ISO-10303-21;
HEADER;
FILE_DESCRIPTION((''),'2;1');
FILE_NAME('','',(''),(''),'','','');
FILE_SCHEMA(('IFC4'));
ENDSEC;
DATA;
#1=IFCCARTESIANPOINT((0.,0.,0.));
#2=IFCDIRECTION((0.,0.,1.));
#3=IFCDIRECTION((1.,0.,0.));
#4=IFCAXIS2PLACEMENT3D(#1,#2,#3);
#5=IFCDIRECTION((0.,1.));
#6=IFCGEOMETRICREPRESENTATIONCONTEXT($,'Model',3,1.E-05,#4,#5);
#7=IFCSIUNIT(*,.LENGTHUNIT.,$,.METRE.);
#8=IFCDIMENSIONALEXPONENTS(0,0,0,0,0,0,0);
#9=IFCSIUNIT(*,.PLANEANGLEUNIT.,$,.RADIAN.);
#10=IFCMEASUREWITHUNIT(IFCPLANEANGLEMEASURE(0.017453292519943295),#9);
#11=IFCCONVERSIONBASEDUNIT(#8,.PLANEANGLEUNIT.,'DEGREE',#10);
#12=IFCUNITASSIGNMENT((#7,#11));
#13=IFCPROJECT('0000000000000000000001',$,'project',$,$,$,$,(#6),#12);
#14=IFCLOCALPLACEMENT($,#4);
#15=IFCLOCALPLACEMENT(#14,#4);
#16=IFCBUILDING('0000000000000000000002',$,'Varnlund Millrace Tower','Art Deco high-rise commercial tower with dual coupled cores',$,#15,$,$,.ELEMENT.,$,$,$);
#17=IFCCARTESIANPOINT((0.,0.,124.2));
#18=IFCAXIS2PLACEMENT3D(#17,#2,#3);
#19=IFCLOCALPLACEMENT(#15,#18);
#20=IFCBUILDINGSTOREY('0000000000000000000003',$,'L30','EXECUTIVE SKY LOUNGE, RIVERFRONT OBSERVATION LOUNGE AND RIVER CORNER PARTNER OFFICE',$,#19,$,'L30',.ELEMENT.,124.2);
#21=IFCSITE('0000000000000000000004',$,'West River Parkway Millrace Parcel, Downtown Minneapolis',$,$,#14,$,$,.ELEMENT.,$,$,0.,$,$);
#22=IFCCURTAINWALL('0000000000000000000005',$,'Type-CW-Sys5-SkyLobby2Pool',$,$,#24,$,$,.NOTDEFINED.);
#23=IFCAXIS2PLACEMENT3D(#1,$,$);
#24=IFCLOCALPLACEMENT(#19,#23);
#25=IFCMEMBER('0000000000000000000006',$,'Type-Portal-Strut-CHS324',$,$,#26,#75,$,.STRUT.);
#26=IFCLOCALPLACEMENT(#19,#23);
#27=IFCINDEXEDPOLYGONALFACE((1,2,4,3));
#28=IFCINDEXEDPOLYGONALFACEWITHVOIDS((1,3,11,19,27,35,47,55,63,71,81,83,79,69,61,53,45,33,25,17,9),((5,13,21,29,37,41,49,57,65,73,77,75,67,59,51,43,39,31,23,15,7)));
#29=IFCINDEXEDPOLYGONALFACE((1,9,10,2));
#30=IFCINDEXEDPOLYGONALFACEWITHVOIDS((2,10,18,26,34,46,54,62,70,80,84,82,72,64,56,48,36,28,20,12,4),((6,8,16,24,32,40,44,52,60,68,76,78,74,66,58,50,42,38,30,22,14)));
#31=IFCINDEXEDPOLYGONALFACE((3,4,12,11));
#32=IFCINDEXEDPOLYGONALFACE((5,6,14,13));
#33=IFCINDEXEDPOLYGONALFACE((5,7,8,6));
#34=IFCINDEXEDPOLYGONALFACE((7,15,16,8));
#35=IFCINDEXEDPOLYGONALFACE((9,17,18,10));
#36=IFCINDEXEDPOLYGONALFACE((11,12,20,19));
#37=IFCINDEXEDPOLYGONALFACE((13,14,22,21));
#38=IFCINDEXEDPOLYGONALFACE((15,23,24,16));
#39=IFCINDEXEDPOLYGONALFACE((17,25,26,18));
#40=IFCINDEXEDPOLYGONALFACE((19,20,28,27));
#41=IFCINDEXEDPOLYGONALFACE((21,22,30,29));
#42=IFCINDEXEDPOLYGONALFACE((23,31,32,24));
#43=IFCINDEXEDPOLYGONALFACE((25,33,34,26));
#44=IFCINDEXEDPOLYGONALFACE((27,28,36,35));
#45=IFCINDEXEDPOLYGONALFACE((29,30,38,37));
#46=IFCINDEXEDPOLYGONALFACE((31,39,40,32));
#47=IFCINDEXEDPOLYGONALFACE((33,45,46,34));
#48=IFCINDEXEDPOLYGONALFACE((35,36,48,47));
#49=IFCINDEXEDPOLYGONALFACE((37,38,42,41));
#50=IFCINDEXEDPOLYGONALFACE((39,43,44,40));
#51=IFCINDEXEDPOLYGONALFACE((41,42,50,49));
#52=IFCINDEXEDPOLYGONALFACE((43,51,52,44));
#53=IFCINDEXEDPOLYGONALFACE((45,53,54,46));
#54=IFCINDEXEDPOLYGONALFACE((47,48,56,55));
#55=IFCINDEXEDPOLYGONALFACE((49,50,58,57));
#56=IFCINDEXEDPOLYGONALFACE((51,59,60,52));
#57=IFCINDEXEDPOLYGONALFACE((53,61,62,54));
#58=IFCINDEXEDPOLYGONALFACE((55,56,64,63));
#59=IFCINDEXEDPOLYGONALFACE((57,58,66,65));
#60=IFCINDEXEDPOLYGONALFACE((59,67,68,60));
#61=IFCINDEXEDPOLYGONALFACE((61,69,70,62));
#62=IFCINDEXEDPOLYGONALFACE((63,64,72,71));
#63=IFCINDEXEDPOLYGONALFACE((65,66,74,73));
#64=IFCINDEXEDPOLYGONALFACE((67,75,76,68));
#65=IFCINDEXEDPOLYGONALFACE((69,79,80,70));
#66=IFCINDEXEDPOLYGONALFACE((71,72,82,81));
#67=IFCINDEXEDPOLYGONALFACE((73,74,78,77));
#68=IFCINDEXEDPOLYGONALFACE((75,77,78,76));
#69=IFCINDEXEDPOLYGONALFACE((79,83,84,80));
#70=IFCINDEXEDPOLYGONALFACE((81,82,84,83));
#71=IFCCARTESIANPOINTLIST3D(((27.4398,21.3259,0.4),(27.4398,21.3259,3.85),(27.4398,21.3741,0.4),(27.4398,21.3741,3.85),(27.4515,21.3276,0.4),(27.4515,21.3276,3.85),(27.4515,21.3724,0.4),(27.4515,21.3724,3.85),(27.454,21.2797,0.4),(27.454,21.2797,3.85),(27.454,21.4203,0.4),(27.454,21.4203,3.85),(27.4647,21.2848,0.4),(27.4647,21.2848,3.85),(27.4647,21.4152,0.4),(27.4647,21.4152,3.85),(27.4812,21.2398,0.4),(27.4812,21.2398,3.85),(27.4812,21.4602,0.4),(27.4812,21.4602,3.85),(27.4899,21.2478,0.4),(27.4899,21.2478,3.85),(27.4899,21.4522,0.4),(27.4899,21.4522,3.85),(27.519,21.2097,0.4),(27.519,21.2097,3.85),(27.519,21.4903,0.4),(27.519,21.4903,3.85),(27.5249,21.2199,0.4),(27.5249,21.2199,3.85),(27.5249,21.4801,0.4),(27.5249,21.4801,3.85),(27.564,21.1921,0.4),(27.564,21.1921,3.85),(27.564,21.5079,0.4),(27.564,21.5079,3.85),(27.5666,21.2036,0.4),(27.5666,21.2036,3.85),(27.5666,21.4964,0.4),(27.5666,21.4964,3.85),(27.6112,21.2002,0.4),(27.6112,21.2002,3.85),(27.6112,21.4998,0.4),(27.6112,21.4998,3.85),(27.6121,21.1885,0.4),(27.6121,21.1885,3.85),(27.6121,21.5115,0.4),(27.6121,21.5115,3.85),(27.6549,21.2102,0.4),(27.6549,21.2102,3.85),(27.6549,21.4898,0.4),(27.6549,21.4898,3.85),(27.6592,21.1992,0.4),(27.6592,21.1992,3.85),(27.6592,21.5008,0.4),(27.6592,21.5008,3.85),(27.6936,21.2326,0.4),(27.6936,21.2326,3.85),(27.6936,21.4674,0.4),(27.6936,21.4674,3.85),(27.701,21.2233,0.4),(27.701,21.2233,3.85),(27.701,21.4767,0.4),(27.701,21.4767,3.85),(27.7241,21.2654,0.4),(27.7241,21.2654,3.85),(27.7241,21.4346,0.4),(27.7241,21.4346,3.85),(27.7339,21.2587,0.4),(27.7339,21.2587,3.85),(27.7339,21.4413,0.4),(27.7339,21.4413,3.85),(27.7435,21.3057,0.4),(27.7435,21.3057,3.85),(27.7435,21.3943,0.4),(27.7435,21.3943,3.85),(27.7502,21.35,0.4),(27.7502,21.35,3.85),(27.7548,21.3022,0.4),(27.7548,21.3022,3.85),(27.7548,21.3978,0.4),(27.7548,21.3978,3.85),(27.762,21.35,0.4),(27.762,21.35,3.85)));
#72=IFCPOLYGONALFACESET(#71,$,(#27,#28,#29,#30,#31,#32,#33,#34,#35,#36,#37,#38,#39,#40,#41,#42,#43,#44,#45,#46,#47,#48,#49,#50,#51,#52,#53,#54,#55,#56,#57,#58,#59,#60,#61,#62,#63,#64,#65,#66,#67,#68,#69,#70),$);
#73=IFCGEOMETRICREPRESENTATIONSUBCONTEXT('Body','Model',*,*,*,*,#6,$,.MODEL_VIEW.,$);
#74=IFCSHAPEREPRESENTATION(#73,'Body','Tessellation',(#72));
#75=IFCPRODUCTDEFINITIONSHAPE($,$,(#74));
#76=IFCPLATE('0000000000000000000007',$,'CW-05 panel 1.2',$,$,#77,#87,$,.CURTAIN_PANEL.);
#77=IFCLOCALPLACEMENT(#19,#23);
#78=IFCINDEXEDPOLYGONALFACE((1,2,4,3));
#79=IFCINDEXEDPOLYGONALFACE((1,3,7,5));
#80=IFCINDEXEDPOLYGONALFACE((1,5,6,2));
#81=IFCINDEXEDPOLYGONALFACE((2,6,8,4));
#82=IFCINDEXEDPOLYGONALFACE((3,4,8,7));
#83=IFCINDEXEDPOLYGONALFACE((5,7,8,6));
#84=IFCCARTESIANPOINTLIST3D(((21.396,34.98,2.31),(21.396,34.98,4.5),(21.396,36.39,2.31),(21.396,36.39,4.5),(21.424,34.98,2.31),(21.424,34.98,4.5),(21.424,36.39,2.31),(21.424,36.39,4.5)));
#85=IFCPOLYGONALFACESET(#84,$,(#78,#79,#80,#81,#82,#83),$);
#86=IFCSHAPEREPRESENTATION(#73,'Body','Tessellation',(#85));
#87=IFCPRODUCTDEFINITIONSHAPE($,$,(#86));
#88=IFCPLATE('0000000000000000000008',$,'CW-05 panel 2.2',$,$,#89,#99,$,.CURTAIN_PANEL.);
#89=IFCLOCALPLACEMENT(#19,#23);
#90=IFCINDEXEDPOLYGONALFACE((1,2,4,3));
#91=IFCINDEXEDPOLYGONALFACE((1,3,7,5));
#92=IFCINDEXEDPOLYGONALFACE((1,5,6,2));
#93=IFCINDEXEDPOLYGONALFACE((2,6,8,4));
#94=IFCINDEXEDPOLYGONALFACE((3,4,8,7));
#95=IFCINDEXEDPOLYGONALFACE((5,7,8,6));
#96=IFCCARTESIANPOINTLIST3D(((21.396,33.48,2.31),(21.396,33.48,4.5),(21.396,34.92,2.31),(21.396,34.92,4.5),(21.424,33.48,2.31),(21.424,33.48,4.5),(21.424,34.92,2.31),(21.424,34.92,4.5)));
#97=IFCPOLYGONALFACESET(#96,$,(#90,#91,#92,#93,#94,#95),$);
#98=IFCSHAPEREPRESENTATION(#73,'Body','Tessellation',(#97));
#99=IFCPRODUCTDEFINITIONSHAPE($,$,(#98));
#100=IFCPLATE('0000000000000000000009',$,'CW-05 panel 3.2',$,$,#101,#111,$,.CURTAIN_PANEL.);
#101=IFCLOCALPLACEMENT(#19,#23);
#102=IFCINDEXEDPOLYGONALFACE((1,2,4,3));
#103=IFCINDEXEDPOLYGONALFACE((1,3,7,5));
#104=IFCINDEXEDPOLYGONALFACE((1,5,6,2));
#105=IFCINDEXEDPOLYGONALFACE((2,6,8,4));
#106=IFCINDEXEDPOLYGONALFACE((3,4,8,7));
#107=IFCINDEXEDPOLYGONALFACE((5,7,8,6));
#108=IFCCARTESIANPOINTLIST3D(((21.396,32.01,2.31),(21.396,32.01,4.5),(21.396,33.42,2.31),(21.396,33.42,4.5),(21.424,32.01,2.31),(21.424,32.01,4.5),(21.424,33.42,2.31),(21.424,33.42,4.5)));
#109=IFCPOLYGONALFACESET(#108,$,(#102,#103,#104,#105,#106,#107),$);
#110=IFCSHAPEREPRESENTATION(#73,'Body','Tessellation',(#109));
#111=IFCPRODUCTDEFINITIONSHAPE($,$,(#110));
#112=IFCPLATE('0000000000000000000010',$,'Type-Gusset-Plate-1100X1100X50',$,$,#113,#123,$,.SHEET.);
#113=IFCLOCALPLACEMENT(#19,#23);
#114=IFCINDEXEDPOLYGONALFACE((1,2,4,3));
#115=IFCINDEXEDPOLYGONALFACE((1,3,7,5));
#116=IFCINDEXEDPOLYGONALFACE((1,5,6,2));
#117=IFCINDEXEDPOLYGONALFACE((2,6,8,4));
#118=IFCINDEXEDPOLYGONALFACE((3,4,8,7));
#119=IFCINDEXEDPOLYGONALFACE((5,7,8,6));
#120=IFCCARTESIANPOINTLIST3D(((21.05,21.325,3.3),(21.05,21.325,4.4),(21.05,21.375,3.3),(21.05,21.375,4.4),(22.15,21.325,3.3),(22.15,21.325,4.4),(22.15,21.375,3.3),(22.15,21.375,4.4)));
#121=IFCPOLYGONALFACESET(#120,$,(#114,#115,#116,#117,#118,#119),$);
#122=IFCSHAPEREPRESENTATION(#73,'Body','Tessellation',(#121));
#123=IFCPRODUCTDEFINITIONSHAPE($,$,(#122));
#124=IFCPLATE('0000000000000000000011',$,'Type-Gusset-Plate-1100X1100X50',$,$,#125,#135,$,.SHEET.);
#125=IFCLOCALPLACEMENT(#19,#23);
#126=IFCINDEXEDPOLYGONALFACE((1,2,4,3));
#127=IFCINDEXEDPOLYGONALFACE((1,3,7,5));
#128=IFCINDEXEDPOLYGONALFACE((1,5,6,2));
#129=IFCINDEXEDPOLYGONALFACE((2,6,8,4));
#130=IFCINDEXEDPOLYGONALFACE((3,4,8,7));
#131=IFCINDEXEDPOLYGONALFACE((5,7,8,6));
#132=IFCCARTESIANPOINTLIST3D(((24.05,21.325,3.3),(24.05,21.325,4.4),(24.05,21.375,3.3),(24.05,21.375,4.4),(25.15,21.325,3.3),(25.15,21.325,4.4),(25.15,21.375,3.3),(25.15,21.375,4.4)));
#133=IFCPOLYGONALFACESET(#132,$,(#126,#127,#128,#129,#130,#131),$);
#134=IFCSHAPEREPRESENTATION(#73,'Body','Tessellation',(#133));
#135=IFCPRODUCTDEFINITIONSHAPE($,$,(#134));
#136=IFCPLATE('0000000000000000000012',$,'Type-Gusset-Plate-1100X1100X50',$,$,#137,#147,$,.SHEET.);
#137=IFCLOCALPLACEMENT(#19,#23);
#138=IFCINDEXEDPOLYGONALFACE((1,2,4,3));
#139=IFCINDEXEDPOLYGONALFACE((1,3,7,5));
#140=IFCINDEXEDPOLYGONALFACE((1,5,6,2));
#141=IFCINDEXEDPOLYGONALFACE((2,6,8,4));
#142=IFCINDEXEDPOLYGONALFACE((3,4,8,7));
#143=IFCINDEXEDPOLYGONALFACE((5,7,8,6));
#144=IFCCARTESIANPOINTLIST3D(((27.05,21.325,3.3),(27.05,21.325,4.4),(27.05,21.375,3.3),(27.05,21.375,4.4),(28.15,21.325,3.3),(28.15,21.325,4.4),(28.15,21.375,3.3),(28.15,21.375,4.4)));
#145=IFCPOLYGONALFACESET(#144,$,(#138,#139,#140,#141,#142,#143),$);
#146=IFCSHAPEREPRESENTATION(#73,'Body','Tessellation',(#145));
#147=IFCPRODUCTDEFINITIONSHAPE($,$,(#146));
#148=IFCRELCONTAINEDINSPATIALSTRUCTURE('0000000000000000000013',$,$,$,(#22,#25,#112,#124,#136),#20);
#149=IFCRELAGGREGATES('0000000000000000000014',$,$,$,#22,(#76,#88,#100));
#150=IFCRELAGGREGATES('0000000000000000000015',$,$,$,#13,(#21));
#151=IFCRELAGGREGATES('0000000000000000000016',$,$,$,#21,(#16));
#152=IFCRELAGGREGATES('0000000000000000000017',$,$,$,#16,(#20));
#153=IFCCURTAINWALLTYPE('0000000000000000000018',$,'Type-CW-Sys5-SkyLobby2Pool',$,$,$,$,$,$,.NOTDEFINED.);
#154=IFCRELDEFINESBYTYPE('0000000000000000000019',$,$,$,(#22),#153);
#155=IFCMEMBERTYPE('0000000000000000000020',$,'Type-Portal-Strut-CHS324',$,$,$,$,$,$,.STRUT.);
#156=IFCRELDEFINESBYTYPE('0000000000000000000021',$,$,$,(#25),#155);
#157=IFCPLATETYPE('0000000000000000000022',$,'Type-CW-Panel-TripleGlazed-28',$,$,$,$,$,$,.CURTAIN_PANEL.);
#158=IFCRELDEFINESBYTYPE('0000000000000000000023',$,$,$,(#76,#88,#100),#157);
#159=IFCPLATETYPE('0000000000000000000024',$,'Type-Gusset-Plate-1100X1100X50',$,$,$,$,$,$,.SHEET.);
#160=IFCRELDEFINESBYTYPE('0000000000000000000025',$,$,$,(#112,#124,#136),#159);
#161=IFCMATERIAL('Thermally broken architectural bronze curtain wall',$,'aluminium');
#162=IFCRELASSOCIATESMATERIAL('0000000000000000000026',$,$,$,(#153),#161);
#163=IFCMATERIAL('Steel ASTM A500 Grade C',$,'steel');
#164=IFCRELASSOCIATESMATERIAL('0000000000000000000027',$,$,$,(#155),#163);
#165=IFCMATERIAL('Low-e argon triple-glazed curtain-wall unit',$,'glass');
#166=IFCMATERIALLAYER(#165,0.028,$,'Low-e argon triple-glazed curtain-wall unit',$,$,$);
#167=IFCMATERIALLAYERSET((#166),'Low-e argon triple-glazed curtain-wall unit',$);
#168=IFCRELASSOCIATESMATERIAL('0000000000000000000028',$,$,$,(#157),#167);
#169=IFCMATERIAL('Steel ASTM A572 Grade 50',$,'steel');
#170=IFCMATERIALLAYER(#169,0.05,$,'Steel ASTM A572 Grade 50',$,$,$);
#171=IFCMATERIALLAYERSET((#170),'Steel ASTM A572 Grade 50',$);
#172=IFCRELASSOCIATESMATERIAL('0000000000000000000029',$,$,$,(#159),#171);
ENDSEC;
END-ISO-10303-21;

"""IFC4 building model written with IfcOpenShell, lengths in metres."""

from ifc_helpers import new_model, entity, si_unit, converted_unit, direction, frame, origin_with_axes, origin_2d_with_axis, place, context, subcontext, project, spatial, rectangle, hollow_circle, extrude, material, layer, layer_set, material_profile, profile_set, type_object, element, aggregate, save


model = new_model("IFC4")

# Units and contexts
model_context = context("Model", 3, precision=1e-05, world=origin_with_axes(), true_north=direction((0.0, 1.0)))
body_context = subcontext(model_context, "Body", "Model", "MODEL_VIEW")
ifc_project = project(units=[si_unit("LENGTHUNIT", "METRE"), converted_unit("PLANEANGLEUNIT", "DEGREE", entity("IfcPlaneAngleMeasure", 0.017453292519943295), si_unit("PLANEANGLEUNIT", "RADIAN"), dimensions=[0, 0, 0, 0, 0, 0, 0])], contexts=[model_context])

# Site, building, storey
site_placement = place(None, origin_with_axes())
site = spatial("IfcSite", under=ifc_project, at=site_placement, Name="West River Parkway Millrace Parcel, Downtown Minneapolis", CompositionType="ELEMENT", RefElevation=0.0)
building_placement = place(site_placement, origin_with_axes())
building = spatial("IfcBuilding", under=site, at=building_placement, Name="Varnlund Millrace Tower", Description="Art Deco high-rise commercial tower with dual coupled cores", CompositionType="ELEMENT")
storey_placement = place(building_placement, frame((0.0, 0.0, 124.2), z_axis=(0.0, 0.0, 1.0), x_axis=(1.0, 0.0, 0.0)))
storey = spatial("IfcBuildingStorey", under=building, at=storey_placement, Name="L30", Description="EXECUTIVE SKY LOUNGE, RIVERFRONT OBSERVATION LOUNGE AND RIVER CORNER PARTNER OFFICE", LongName="L30", CompositionType="ELEMENT", Elevation=124.2)

# Curtain wall
ifc_material_1 = material(Name="Thermally broken architectural bronze curtain wall", Category="aluminium")
curtain_wall_type = type_object("IfcCurtainWallType", Name="Type-CW-Sys5-SkyLobby2Pool", PredefinedType="NOTDEFINED", material=ifc_material_1)
curtain_wall_placement = place(storey_placement, frame((21.41, 36.45, 0.0), z_axis=(0.0, 0.0, 1.0), x_axis=(1.0, 0.0, 0.0)))
curtain_wall = element("IfcCurtainWall", 1, at=curtain_wall_placement, inside=storey, type_object=curtain_wall_type, Name="Type-CW-Sys5-SkyLobby2Pool", PredefinedType="NOTDEFINED")

# Member
ifc_material_2 = material(Name="Steel ASTM A500 Grade C", Category="steel")
ifc_material_profile_1 = material_profile(ifc_material_2, hollow_circle(Radius=0.162, WallThickness=0.0118, at=origin_2d_with_axis()), Name="Steel ASTM A500 Grade C")
ifc_profile_set_1 = profile_set([ifc_material_profile_1], Name="Steel ASTM A500 Grade C")
member_type_1 = type_object("IfcMemberType", Name="Type-Portal-Strut-CHS324", PredefinedType="STRUT", material=ifc_profile_set_1)
for number, where, z_axis, x_axis, name in (
    (2, (27.6, 21.35, 0.4), (0.0, 0.0, 1.0), (1.0, 0.0, 0.0), "Type-Portal-Strut-CHS324"),
):
    element("IfcMember", number, at=place(storey_placement, frame(where, z_axis=z_axis, x_axis=x_axis)), inside=storey, type_object=member_type_1, Name=name, PredefinedType="STRUT", context=body_context, shape_type="SweptSolid", body=[
        extrude(hollow_circle(Radius=0.162, WallThickness=0.0118, at=origin_2d_with_axis()), origin_with_axes(), (0.0, 0.0, 1.0), 3.45),
    ])

# Plates
ifc_material_3 = material(Name="Low-e argon triple-glazed curtain-wall unit", Category="glass")
ifc_layer_1 = layer(ifc_material_3, 0.028, Name="Low-e argon triple-glazed curtain-wall unit")
ifc_layer_set_1 = layer_set([ifc_layer_1], Name="Low-e argon triple-glazed curtain-wall unit")
plate_type_1 = type_object("IfcPlateType", Name="Type-CW-Panel-TripleGlazed-28", PredefinedType="CURTAIN_PANEL", material=ifc_layer_set_1)
plate_1_placement = place(storey_placement, frame((21.41, 35.685, 2.31), z_axis=(0.0, 0.0, 1.0), x_axis=(0.0, -1.0, 0.0)))
plate_1 = element("IfcPlate", 3, at=plate_1_placement, type_object=plate_type_1, Name="CW-05 panel 1.2", PredefinedType="CURTAIN_PANEL", context=body_context, shape_type="SweptSolid", body=[
    extrude(rectangle(XDim=1.41, YDim=0.028, at=origin_2d_with_axis()), origin_with_axes(), (0.0, 0.0, 1.0), 2.19),
])
plate_2_placement = place(storey_placement, frame((21.41, 34.2, 2.31), z_axis=(0.0, 0.0, 1.0), x_axis=(0.0, -1.0, 0.0)))
plate_2 = element("IfcPlate", 4, at=plate_2_placement, type_object=plate_type_1, Name="CW-05 panel 2.2", PredefinedType="CURTAIN_PANEL", context=body_context, shape_type="SweptSolid", body=[
    extrude(rectangle(XDim=1.44, YDim=0.028, at=origin_2d_with_axis()), origin_with_axes(), (0.0, 0.0, 1.0), 2.19),
])
plate_3_placement = place(storey_placement, frame((21.41, 32.715, 2.31), z_axis=(0.0, 0.0, 1.0), x_axis=(0.0, -1.0, 0.0)))
plate_3 = element("IfcPlate", 5, at=plate_3_placement, type_object=plate_type_1, Name="CW-05 panel 3.2", PredefinedType="CURTAIN_PANEL", context=body_context, shape_type="SweptSolid", body=[
    extrude(rectangle(XDim=1.41, YDim=0.028, at=origin_2d_with_axis()), origin_with_axes(), (0.0, 0.0, 1.0), 2.19),
])
aggregate(curtain_wall, [plate_1, plate_2, plate_3])

# Plates
ifc_material_4 = material(Name="Steel ASTM A572 Grade 50", Category="steel")
ifc_layer_2 = layer(ifc_material_4, 0.05, Name="Steel ASTM A572 Grade 50")
ifc_layer_set_2 = layer_set([ifc_layer_2], Name="Steel ASTM A572 Grade 50")
plate_type_2 = type_object("IfcPlateType", Name="Type-Gusset-Plate-1100X1100X50", PredefinedType="SHEET", material=ifc_layer_set_2)
for number, where, z_axis, x_axis, name in (
    (6, (21.6, 21.35, 3.3), (0.0, 0.0, 1.0), (1.0, 0.0, 0.0), "Type-Gusset-Plate-1100X1100X50"),
    (7, (24.6, 21.35, 3.3), (0.0, 0.0, 1.0), (1.0, 0.0, 0.0), "Type-Gusset-Plate-1100X1100X50"),
    (8, (27.6, 21.35, 3.3), (0.0, 0.0, 1.0), (1.0, 0.0, 0.0), "Type-Gusset-Plate-1100X1100X50"),
):
    element("IfcPlate", number, at=place(storey_placement, frame(where, z_axis=z_axis, x_axis=x_axis)), inside=storey, type_object=plate_type_2, Name=name, PredefinedType="SHEET", context=body_context, shape_type="SweptSolid", body=[
        extrude(rectangle(XDim=1.1, YDim=0.05, at=origin_2d_with_axis()), origin_with_axes(), (0.0, 0.0, 1.0), 1.1),
    ])

save(model, "model.ifc")
